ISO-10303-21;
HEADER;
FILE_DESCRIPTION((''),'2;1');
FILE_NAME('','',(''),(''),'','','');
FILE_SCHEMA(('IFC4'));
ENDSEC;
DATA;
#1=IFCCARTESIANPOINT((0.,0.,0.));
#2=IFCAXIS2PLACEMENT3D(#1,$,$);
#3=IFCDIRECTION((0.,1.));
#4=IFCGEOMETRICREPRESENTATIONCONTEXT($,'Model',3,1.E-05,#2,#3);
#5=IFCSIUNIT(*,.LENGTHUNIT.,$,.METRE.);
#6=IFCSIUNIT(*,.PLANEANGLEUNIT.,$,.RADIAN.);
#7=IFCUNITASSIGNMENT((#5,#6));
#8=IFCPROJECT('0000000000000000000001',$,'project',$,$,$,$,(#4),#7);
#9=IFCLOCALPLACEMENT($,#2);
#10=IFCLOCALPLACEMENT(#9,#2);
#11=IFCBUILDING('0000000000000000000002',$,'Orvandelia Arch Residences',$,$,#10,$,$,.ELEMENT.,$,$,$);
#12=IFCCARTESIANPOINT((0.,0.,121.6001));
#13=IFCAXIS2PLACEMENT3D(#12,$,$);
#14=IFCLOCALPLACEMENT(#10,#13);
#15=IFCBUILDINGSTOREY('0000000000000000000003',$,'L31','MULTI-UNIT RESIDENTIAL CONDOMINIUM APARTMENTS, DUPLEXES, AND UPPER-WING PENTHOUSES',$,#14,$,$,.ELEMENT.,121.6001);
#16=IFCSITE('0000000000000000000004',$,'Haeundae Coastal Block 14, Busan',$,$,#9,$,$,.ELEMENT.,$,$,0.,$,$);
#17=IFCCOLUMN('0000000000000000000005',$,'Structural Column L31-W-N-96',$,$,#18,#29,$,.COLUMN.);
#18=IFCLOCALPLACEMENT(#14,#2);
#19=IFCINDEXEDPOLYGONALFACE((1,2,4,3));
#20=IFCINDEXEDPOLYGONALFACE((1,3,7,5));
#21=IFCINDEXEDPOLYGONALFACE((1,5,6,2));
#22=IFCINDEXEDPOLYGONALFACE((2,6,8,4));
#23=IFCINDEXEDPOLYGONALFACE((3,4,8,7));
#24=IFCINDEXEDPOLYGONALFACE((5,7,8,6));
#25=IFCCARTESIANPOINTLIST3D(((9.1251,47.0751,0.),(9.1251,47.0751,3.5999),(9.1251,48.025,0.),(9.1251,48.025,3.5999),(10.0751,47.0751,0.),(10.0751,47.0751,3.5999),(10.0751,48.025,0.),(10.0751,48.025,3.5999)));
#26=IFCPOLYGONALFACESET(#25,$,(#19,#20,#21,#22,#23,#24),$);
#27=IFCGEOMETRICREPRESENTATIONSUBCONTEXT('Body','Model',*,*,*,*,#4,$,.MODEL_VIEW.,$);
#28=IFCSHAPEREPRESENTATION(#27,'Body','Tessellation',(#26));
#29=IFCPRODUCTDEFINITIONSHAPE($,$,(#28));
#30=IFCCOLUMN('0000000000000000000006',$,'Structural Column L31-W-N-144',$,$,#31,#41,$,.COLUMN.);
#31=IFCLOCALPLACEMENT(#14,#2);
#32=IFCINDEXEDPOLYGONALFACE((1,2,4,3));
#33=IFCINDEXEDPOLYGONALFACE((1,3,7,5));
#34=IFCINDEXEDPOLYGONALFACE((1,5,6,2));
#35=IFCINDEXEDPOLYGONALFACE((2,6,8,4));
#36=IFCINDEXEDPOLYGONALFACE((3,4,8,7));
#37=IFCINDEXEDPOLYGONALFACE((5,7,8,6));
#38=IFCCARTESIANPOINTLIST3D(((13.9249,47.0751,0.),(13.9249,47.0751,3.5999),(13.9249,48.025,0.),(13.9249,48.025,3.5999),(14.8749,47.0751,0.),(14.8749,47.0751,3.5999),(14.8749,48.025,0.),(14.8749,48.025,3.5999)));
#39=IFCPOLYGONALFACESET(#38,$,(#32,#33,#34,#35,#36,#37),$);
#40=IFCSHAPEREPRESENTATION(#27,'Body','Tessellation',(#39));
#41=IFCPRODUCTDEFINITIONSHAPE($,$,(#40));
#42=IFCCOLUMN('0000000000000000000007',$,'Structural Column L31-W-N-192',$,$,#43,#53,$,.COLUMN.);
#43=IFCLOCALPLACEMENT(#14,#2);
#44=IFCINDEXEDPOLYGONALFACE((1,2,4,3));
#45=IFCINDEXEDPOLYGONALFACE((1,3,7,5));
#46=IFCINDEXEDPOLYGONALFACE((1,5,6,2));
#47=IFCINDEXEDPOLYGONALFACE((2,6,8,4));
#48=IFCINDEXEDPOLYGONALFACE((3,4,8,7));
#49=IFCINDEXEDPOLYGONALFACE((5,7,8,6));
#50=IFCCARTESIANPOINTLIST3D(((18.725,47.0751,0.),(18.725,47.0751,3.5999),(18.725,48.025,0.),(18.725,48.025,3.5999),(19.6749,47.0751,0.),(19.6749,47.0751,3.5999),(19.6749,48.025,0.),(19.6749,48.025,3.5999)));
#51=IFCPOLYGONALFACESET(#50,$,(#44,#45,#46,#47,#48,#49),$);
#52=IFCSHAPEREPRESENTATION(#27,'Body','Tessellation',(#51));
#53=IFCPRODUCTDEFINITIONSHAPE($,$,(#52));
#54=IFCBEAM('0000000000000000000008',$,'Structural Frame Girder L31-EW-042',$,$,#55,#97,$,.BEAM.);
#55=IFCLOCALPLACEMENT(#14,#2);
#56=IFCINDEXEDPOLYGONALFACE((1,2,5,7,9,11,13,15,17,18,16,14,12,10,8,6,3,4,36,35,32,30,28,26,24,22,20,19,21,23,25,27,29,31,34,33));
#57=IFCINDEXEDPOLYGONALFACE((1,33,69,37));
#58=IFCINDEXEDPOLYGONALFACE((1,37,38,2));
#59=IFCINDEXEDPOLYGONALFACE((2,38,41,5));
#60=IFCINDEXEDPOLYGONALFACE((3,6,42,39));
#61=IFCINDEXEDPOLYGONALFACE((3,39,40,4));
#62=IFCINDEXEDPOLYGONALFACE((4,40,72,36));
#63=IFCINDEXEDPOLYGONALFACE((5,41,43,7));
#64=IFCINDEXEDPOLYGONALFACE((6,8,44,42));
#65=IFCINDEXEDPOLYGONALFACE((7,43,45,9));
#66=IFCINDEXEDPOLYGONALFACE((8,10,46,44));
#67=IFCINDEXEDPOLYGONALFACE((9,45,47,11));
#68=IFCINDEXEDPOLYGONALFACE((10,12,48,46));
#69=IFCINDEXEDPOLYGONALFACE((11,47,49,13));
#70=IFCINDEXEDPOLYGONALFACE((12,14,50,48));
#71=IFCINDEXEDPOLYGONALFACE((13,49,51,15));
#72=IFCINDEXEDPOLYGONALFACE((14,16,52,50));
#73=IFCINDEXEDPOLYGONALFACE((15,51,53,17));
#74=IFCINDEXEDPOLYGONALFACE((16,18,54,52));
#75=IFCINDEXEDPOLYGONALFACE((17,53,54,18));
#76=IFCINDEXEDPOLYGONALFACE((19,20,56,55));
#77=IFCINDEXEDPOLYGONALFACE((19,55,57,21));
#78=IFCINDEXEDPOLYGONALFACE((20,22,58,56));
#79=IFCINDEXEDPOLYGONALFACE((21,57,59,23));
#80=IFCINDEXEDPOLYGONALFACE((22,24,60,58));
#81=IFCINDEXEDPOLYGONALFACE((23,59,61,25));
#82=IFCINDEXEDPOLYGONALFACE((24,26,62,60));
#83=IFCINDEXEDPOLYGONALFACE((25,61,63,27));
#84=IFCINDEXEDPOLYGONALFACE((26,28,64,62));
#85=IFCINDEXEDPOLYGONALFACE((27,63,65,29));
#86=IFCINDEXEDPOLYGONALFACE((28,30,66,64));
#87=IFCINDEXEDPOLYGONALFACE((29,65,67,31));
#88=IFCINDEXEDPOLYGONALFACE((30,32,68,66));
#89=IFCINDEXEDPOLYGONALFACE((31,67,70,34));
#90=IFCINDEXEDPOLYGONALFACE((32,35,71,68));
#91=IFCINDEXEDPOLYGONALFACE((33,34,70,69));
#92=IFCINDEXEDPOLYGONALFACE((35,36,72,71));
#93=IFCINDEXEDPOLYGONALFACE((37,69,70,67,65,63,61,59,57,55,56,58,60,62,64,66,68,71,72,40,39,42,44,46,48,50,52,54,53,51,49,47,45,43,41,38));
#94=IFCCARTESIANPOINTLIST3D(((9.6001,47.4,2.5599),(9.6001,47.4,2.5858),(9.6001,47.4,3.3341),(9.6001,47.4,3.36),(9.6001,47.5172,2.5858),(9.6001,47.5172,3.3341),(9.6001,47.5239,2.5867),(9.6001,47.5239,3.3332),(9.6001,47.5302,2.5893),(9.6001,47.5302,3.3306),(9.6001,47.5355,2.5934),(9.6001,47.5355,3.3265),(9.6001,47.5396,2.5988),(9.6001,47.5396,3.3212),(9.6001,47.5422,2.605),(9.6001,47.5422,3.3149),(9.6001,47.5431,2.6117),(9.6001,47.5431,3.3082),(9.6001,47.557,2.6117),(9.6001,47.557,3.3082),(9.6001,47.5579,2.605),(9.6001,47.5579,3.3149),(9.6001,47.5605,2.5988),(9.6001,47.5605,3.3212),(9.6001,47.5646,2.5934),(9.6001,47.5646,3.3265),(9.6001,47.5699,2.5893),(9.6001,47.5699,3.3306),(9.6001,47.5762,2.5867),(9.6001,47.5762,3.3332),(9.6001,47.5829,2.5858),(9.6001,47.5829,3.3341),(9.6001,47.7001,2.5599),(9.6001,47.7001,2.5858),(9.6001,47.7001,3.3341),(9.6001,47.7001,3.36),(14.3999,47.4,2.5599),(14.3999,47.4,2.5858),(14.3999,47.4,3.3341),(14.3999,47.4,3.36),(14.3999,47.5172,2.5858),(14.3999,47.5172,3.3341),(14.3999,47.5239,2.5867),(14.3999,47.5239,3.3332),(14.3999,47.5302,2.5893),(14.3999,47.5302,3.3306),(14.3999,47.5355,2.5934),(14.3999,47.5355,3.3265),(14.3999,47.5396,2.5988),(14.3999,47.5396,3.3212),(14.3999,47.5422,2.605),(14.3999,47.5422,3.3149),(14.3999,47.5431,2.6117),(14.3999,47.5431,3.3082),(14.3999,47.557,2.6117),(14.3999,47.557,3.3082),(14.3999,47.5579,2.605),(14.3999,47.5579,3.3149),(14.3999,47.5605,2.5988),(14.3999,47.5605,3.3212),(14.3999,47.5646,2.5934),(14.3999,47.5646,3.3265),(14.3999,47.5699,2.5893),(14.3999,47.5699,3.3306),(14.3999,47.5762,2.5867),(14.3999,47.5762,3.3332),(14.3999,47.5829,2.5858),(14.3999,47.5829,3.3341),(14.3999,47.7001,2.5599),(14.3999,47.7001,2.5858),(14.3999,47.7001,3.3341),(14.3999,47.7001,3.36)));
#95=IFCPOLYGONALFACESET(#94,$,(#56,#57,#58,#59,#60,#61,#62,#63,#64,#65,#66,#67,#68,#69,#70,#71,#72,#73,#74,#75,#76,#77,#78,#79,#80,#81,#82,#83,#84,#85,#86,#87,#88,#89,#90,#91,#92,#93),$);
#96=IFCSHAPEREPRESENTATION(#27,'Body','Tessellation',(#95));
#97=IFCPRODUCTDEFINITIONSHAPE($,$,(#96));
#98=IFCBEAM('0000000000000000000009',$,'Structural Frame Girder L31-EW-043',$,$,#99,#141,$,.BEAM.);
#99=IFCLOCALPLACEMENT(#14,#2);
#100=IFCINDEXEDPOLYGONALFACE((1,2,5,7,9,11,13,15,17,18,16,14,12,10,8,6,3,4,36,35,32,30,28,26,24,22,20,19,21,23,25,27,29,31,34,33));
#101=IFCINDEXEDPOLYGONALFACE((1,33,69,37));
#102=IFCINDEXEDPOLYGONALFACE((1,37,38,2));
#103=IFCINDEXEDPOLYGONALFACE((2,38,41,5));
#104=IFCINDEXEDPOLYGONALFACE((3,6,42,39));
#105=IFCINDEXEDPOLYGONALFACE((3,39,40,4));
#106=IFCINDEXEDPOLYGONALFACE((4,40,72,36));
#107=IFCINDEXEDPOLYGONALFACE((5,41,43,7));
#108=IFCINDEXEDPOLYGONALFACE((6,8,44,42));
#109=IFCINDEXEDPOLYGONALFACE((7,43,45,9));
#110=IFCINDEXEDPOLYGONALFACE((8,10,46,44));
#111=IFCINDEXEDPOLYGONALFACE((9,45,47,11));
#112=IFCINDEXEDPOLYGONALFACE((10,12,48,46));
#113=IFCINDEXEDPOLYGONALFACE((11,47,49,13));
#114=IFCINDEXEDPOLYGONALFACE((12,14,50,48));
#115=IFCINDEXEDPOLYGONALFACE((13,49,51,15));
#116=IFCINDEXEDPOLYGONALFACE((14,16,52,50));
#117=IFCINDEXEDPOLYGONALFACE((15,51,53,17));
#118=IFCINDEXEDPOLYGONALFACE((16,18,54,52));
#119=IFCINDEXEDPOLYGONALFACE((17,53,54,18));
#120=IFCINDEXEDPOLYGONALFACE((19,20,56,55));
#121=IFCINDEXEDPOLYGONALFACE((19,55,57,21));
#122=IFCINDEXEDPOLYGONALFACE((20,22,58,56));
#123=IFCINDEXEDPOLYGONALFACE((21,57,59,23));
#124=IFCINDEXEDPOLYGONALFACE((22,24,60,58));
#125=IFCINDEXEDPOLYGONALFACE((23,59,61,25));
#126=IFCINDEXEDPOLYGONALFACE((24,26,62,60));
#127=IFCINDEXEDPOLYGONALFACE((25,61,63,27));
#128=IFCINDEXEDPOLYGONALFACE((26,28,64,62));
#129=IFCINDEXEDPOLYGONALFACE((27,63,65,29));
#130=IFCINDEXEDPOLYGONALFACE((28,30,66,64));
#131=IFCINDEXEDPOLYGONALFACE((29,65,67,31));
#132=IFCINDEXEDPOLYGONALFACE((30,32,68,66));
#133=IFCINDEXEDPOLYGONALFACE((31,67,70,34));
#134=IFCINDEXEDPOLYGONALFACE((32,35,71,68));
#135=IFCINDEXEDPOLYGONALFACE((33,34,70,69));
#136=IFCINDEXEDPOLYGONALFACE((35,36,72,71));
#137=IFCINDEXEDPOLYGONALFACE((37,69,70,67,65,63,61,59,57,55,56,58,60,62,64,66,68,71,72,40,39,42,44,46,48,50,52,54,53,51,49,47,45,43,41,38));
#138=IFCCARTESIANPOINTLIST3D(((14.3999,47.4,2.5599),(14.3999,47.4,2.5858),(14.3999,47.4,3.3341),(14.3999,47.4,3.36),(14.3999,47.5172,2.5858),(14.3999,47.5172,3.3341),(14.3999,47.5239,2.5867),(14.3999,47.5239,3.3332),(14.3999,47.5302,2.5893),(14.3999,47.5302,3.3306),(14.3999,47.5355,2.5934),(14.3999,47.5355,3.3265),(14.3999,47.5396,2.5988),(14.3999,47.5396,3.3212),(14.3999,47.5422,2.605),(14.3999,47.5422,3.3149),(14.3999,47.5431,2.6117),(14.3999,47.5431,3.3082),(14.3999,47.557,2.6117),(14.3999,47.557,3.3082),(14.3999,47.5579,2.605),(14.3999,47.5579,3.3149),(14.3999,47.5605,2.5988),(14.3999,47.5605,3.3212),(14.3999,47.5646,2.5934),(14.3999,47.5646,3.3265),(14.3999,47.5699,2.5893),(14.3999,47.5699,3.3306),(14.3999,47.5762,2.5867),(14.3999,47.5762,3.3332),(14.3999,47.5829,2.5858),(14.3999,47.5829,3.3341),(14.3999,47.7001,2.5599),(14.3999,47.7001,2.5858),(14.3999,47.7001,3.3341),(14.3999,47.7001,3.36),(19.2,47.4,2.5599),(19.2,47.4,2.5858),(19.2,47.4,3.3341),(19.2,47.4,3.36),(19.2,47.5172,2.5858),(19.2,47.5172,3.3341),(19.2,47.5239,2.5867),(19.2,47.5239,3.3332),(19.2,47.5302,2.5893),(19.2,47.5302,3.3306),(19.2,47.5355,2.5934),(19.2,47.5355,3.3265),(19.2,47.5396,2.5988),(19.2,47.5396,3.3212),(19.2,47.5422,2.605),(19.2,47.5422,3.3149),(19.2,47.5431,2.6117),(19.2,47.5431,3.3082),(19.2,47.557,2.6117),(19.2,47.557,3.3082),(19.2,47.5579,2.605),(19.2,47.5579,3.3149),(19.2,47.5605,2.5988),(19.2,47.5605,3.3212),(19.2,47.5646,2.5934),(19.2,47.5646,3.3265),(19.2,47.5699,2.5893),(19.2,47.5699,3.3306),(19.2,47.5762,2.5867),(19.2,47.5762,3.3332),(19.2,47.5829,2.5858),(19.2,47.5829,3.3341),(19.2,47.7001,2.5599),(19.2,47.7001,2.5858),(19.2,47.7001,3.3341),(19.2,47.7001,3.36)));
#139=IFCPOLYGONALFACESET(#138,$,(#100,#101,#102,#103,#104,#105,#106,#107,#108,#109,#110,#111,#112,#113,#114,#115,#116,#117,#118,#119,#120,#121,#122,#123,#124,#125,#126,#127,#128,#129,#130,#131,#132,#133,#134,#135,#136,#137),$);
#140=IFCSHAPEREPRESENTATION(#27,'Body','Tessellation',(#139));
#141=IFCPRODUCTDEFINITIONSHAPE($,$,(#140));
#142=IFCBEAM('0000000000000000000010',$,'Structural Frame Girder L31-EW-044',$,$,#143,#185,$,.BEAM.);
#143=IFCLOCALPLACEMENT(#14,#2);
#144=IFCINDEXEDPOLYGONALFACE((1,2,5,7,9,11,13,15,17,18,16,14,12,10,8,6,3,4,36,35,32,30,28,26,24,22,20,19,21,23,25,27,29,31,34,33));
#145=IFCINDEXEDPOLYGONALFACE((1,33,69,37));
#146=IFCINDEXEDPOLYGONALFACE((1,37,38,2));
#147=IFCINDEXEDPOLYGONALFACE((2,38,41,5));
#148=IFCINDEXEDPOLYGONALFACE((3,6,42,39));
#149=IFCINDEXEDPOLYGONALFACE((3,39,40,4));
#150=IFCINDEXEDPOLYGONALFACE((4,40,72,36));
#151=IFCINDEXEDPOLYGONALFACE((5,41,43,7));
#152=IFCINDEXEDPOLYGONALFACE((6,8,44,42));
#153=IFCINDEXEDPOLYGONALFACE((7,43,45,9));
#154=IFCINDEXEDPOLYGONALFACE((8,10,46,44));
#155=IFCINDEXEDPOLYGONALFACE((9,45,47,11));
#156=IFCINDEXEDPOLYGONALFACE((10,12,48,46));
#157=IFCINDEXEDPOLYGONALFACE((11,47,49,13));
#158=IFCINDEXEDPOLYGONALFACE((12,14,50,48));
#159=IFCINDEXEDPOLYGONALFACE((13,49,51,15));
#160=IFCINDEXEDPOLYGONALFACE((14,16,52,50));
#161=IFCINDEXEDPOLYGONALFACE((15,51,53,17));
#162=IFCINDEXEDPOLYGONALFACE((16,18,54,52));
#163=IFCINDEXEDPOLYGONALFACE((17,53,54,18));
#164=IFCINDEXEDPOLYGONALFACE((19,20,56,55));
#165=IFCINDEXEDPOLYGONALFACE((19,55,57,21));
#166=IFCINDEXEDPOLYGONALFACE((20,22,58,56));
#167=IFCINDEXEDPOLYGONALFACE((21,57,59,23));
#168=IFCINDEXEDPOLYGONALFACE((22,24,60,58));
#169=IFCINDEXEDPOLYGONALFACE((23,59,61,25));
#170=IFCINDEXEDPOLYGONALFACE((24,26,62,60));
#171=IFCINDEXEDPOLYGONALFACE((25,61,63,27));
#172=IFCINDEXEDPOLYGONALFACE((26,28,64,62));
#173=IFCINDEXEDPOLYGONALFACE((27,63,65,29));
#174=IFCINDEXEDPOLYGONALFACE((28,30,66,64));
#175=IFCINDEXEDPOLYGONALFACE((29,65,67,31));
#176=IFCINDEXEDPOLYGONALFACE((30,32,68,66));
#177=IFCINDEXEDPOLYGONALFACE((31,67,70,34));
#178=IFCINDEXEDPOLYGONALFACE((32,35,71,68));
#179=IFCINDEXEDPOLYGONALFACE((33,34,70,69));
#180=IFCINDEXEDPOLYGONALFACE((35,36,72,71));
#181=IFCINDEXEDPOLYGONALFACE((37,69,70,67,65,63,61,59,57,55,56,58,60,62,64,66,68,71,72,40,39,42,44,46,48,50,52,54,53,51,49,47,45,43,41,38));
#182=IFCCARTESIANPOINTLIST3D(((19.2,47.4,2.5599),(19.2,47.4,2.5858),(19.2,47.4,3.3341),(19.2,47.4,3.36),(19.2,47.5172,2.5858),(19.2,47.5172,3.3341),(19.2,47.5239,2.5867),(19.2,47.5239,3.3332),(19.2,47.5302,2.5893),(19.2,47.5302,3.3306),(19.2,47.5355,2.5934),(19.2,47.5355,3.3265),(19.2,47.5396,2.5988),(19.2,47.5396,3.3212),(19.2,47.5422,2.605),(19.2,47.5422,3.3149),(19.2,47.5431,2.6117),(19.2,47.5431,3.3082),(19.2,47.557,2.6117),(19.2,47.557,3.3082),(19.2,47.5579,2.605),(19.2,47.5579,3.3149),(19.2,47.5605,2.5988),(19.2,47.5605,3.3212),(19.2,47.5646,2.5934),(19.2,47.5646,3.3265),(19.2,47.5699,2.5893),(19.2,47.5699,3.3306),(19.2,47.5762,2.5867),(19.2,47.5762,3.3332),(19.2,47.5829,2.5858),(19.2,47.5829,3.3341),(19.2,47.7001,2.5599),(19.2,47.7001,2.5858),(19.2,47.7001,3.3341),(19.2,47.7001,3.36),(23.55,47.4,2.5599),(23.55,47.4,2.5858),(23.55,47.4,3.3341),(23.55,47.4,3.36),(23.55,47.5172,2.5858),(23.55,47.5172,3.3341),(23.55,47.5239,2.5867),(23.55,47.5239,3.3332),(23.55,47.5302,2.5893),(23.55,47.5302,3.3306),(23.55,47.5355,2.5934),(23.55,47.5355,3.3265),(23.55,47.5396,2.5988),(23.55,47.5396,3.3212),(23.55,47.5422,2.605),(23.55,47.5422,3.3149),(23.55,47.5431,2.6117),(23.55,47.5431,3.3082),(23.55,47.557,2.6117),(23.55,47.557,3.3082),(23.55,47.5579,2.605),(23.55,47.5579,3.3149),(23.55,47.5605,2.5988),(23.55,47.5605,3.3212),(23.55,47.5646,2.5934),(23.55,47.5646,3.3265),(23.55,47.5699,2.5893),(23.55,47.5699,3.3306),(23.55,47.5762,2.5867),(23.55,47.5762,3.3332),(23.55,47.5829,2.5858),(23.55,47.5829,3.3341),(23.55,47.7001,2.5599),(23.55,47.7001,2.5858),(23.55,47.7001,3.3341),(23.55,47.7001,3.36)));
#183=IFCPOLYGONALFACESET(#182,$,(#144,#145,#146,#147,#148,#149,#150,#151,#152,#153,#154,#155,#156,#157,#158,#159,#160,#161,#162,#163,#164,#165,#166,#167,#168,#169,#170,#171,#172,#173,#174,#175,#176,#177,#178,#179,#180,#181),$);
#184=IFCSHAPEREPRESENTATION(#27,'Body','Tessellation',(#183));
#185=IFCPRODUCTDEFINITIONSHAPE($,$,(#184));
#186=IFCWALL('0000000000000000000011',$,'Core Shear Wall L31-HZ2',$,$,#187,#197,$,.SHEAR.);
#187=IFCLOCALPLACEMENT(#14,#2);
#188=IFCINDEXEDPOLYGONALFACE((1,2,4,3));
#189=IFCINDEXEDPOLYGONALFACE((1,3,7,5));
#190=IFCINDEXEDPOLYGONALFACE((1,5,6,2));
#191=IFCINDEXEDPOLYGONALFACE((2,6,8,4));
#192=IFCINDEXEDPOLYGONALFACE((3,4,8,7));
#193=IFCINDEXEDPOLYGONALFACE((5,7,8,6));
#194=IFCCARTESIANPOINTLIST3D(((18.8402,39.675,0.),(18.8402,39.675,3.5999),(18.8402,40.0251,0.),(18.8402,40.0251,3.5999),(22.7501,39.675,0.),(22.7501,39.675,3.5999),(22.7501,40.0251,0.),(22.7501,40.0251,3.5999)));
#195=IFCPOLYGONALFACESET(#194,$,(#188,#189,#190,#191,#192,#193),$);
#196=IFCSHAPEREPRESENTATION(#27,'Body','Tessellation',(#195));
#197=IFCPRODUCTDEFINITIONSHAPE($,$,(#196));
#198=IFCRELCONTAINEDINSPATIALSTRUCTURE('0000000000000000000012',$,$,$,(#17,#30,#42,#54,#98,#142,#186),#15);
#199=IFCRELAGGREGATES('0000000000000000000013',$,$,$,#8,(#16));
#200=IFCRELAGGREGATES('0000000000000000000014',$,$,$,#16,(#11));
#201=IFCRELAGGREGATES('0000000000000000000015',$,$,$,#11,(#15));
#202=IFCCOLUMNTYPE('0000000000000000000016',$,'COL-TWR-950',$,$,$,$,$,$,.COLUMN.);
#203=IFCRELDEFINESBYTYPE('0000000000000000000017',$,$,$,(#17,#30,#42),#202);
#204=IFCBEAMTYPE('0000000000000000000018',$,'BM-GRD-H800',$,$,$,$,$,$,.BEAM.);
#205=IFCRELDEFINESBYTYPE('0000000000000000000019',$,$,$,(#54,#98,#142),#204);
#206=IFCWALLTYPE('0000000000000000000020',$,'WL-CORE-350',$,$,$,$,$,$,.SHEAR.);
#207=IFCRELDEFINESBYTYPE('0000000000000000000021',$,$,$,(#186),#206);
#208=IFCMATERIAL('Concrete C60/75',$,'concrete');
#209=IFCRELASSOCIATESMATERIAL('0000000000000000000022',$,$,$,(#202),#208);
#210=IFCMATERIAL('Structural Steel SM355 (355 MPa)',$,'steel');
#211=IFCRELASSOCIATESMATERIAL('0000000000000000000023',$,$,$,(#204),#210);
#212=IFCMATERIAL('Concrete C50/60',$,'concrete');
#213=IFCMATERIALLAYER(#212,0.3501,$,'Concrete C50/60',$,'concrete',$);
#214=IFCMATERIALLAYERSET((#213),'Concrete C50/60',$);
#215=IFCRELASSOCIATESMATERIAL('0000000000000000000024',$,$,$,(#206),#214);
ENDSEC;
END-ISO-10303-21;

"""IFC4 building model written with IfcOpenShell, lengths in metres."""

from ifc_helpers import new_model, si_unit, direction, frame, frame_2d, origin, origin_2d, place, context, subcontext, project, spatial, rectangle, i_section, extrude, material, layer, layer_set, material_profile, profile_set, type_object, element, save


model = new_model("IFC4")

# Units and contexts
model_context = context("Model", 3, precision=1e-05, world=origin(), true_north=direction((0.0, 1.0)))
body_context = subcontext(model_context, "Body", "Model", "MODEL_VIEW")
ifc_project = project(units=[si_unit("LENGTHUNIT", "METRE"), si_unit("PLANEANGLEUNIT", "RADIAN")], contexts=[model_context])

# Site, building, storey
site_placement = place(None, origin())
site = spatial("IfcSite", under=ifc_project, at=site_placement, Name="Haeundae Coastal Block 14, Busan", CompositionType="ELEMENT", RefElevation=0.0)
building_placement = place(site_placement, origin())
building = spatial("IfcBuilding", under=site, at=building_placement, Name="Orvandelia Arch Residences", CompositionType="ELEMENT")
storey_placement = place(building_placement, frame((0.0, 0.0, 121.6001)))
storey = spatial("IfcBuildingStorey", under=building, at=storey_placement, Name="L31", Description="MULTI-UNIT RESIDENTIAL CONDOMINIUM APARTMENTS, DUPLEXES, AND UPPER-WING PENTHOUSES", CompositionType="ELEMENT", Elevation=121.6001)

# Columns
ifc_material_1 = material(Name="Concrete C60/75", Category="concrete")
ifc_material_profile_1 = material_profile(ifc_material_1, rectangle(XDim=0.95, YDim=0.95, at=origin_2d()), Name="Concrete C60/75", Category="concrete")
ifc_profile_set_1 = profile_set([ifc_material_profile_1], Name="Concrete C60/75")
column_type = type_object("IfcColumnType", Name="COL-TWR-950", PredefinedType="COLUMN", material=ifc_profile_set_1)
for number, where, z_axis, x_axis, name in (
    (1, (9.6001, 47.55, 0.0), (0.0, 0.0, 1.0), (1.0, 0.0, 0.0), "Structural Column L31-W-N-96"),
    (2, (14.3999, 47.55, 0.0), (0.0, 0.0, 1.0), (1.0, 0.0, 0.0), "Structural Column L31-W-N-144"),
    (3, (19.2, 47.55, 0.0), (0.0, 0.0, 1.0), (1.0, 0.0, 0.0), "Structural Column L31-W-N-192"),
):
    element("IfcColumn", number, at=place(storey_placement, frame(where, z_axis=z_axis, x_axis=x_axis)), inside=storey, type_object=column_type, Name=name, PredefinedType="COLUMN", context=body_context, shape_type="SweptSolid", body=[
        extrude(rectangle(XDim=0.95, YDim=0.95, at=origin_2d()), origin(), (0.0, 0.0, 1.0), 3.5999),
    ])

# Beams
ifc_material_2 = material(Name="Structural Steel SM355 (355 MPa)", Category="steel")
ifc_material_profile_2 = material_profile(ifc_material_2, i_section(OverallWidth=0.3, OverallDepth=0.8, WebThickness=0.0139, FlangeThickness=0.0259, FilletRadius=0.0259, at=origin_2d()), Name="Structural Steel SM355 (355 MPa)", Category="steel")
ifc_profile_set_2 = profile_set([ifc_material_profile_2], Name="Structural Steel SM355 (355 MPa)")
beam_type = type_object("IfcBeamType", Name="BM-GRD-H800", PredefinedType="BEAM", material=ifc_profile_set_2)
beam_1_placement = place(storey_placement, frame((9.6001, 47.55, 2.96), z_axis=(1.0, 0.0, 0.0), x_axis=(0.0, 1.0, 0.0)))
element("IfcBeam", 4, at=beam_1_placement, inside=storey, type_object=beam_type, Name="Structural Frame Girder L31-EW-042", PredefinedType="BEAM", context=body_context, shape_type="SweptSolid", body=[
    extrude(i_section(OverallWidth=0.3, OverallDepth=0.8, WebThickness=0.0139, FlangeThickness=0.0259, FilletRadius=0.0259, at=origin_2d()), origin(), (0.0, 0.0, 1.0), 4.7998),
])
beam_2_placement = place(storey_placement, frame((14.3999, 47.55, 2.96), z_axis=(1.0, 0.0, 0.0), x_axis=(0.0, 1.0, 0.0)))
element("IfcBeam", 5, at=beam_2_placement, inside=storey, type_object=beam_type, Name="Structural Frame Girder L31-EW-043", PredefinedType="BEAM", context=body_context, shape_type="SweptSolid", body=[
    extrude(i_section(OverallWidth=0.3, OverallDepth=0.8, WebThickness=0.0139, FlangeThickness=0.0259, FilletRadius=0.0259, at=origin_2d()), origin(), (0.0, 0.0, 1.0), 4.8),
])
beam_3_placement = place(storey_placement, frame((19.2, 47.55, 2.96), z_axis=(1.0, 0.0, 0.0), x_axis=(0.0, 1.0, 0.0)))
element("IfcBeam", 6, at=beam_3_placement, inside=storey, type_object=beam_type, Name="Structural Frame Girder L31-EW-044", PredefinedType="BEAM", context=body_context, shape_type="SweptSolid", body=[
    extrude(i_section(OverallWidth=0.3, OverallDepth=0.8, WebThickness=0.0139, FlangeThickness=0.0259, FilletRadius=0.0259, at=origin_2d()), origin(), (0.0, 0.0, 1.0), 4.3501),
])

# Wall
ifc_material_3 = material(Name="Concrete C50/60", Category="concrete")
ifc_layer_1 = layer(ifc_material_3, 0.3501, Name="Concrete C50/60", Category="concrete")
ifc_layer_set_1 = layer_set([ifc_layer_1], Name="Concrete C50/60")
wall_type_1 = type_object("IfcWallType", Name="WL-CORE-350", PredefinedType="SHEAR", material=ifc_layer_set_1)
wall_1_placement = place(storey_placement, frame((18.8401, 39.8501, 0.0), z_axis=(0.0, 0.0, 1.0), x_axis=(1.0, 0.0, 0.0)))
element("IfcWall", 7, at=wall_1_placement, inside=storey, type_object=wall_type_1, Name="Core Shear Wall L31-HZ2", PredefinedType="SHEAR", context=body_context, shape_type="SweptSolid", body=[
    extrude(rectangle(XDim=3.9099, YDim=0.3501, at=frame_2d((1.9551, 0.0))), origin(), (0.0, 0.0, 1.0), 3.5999),
])

save(model, "model.ifc")
